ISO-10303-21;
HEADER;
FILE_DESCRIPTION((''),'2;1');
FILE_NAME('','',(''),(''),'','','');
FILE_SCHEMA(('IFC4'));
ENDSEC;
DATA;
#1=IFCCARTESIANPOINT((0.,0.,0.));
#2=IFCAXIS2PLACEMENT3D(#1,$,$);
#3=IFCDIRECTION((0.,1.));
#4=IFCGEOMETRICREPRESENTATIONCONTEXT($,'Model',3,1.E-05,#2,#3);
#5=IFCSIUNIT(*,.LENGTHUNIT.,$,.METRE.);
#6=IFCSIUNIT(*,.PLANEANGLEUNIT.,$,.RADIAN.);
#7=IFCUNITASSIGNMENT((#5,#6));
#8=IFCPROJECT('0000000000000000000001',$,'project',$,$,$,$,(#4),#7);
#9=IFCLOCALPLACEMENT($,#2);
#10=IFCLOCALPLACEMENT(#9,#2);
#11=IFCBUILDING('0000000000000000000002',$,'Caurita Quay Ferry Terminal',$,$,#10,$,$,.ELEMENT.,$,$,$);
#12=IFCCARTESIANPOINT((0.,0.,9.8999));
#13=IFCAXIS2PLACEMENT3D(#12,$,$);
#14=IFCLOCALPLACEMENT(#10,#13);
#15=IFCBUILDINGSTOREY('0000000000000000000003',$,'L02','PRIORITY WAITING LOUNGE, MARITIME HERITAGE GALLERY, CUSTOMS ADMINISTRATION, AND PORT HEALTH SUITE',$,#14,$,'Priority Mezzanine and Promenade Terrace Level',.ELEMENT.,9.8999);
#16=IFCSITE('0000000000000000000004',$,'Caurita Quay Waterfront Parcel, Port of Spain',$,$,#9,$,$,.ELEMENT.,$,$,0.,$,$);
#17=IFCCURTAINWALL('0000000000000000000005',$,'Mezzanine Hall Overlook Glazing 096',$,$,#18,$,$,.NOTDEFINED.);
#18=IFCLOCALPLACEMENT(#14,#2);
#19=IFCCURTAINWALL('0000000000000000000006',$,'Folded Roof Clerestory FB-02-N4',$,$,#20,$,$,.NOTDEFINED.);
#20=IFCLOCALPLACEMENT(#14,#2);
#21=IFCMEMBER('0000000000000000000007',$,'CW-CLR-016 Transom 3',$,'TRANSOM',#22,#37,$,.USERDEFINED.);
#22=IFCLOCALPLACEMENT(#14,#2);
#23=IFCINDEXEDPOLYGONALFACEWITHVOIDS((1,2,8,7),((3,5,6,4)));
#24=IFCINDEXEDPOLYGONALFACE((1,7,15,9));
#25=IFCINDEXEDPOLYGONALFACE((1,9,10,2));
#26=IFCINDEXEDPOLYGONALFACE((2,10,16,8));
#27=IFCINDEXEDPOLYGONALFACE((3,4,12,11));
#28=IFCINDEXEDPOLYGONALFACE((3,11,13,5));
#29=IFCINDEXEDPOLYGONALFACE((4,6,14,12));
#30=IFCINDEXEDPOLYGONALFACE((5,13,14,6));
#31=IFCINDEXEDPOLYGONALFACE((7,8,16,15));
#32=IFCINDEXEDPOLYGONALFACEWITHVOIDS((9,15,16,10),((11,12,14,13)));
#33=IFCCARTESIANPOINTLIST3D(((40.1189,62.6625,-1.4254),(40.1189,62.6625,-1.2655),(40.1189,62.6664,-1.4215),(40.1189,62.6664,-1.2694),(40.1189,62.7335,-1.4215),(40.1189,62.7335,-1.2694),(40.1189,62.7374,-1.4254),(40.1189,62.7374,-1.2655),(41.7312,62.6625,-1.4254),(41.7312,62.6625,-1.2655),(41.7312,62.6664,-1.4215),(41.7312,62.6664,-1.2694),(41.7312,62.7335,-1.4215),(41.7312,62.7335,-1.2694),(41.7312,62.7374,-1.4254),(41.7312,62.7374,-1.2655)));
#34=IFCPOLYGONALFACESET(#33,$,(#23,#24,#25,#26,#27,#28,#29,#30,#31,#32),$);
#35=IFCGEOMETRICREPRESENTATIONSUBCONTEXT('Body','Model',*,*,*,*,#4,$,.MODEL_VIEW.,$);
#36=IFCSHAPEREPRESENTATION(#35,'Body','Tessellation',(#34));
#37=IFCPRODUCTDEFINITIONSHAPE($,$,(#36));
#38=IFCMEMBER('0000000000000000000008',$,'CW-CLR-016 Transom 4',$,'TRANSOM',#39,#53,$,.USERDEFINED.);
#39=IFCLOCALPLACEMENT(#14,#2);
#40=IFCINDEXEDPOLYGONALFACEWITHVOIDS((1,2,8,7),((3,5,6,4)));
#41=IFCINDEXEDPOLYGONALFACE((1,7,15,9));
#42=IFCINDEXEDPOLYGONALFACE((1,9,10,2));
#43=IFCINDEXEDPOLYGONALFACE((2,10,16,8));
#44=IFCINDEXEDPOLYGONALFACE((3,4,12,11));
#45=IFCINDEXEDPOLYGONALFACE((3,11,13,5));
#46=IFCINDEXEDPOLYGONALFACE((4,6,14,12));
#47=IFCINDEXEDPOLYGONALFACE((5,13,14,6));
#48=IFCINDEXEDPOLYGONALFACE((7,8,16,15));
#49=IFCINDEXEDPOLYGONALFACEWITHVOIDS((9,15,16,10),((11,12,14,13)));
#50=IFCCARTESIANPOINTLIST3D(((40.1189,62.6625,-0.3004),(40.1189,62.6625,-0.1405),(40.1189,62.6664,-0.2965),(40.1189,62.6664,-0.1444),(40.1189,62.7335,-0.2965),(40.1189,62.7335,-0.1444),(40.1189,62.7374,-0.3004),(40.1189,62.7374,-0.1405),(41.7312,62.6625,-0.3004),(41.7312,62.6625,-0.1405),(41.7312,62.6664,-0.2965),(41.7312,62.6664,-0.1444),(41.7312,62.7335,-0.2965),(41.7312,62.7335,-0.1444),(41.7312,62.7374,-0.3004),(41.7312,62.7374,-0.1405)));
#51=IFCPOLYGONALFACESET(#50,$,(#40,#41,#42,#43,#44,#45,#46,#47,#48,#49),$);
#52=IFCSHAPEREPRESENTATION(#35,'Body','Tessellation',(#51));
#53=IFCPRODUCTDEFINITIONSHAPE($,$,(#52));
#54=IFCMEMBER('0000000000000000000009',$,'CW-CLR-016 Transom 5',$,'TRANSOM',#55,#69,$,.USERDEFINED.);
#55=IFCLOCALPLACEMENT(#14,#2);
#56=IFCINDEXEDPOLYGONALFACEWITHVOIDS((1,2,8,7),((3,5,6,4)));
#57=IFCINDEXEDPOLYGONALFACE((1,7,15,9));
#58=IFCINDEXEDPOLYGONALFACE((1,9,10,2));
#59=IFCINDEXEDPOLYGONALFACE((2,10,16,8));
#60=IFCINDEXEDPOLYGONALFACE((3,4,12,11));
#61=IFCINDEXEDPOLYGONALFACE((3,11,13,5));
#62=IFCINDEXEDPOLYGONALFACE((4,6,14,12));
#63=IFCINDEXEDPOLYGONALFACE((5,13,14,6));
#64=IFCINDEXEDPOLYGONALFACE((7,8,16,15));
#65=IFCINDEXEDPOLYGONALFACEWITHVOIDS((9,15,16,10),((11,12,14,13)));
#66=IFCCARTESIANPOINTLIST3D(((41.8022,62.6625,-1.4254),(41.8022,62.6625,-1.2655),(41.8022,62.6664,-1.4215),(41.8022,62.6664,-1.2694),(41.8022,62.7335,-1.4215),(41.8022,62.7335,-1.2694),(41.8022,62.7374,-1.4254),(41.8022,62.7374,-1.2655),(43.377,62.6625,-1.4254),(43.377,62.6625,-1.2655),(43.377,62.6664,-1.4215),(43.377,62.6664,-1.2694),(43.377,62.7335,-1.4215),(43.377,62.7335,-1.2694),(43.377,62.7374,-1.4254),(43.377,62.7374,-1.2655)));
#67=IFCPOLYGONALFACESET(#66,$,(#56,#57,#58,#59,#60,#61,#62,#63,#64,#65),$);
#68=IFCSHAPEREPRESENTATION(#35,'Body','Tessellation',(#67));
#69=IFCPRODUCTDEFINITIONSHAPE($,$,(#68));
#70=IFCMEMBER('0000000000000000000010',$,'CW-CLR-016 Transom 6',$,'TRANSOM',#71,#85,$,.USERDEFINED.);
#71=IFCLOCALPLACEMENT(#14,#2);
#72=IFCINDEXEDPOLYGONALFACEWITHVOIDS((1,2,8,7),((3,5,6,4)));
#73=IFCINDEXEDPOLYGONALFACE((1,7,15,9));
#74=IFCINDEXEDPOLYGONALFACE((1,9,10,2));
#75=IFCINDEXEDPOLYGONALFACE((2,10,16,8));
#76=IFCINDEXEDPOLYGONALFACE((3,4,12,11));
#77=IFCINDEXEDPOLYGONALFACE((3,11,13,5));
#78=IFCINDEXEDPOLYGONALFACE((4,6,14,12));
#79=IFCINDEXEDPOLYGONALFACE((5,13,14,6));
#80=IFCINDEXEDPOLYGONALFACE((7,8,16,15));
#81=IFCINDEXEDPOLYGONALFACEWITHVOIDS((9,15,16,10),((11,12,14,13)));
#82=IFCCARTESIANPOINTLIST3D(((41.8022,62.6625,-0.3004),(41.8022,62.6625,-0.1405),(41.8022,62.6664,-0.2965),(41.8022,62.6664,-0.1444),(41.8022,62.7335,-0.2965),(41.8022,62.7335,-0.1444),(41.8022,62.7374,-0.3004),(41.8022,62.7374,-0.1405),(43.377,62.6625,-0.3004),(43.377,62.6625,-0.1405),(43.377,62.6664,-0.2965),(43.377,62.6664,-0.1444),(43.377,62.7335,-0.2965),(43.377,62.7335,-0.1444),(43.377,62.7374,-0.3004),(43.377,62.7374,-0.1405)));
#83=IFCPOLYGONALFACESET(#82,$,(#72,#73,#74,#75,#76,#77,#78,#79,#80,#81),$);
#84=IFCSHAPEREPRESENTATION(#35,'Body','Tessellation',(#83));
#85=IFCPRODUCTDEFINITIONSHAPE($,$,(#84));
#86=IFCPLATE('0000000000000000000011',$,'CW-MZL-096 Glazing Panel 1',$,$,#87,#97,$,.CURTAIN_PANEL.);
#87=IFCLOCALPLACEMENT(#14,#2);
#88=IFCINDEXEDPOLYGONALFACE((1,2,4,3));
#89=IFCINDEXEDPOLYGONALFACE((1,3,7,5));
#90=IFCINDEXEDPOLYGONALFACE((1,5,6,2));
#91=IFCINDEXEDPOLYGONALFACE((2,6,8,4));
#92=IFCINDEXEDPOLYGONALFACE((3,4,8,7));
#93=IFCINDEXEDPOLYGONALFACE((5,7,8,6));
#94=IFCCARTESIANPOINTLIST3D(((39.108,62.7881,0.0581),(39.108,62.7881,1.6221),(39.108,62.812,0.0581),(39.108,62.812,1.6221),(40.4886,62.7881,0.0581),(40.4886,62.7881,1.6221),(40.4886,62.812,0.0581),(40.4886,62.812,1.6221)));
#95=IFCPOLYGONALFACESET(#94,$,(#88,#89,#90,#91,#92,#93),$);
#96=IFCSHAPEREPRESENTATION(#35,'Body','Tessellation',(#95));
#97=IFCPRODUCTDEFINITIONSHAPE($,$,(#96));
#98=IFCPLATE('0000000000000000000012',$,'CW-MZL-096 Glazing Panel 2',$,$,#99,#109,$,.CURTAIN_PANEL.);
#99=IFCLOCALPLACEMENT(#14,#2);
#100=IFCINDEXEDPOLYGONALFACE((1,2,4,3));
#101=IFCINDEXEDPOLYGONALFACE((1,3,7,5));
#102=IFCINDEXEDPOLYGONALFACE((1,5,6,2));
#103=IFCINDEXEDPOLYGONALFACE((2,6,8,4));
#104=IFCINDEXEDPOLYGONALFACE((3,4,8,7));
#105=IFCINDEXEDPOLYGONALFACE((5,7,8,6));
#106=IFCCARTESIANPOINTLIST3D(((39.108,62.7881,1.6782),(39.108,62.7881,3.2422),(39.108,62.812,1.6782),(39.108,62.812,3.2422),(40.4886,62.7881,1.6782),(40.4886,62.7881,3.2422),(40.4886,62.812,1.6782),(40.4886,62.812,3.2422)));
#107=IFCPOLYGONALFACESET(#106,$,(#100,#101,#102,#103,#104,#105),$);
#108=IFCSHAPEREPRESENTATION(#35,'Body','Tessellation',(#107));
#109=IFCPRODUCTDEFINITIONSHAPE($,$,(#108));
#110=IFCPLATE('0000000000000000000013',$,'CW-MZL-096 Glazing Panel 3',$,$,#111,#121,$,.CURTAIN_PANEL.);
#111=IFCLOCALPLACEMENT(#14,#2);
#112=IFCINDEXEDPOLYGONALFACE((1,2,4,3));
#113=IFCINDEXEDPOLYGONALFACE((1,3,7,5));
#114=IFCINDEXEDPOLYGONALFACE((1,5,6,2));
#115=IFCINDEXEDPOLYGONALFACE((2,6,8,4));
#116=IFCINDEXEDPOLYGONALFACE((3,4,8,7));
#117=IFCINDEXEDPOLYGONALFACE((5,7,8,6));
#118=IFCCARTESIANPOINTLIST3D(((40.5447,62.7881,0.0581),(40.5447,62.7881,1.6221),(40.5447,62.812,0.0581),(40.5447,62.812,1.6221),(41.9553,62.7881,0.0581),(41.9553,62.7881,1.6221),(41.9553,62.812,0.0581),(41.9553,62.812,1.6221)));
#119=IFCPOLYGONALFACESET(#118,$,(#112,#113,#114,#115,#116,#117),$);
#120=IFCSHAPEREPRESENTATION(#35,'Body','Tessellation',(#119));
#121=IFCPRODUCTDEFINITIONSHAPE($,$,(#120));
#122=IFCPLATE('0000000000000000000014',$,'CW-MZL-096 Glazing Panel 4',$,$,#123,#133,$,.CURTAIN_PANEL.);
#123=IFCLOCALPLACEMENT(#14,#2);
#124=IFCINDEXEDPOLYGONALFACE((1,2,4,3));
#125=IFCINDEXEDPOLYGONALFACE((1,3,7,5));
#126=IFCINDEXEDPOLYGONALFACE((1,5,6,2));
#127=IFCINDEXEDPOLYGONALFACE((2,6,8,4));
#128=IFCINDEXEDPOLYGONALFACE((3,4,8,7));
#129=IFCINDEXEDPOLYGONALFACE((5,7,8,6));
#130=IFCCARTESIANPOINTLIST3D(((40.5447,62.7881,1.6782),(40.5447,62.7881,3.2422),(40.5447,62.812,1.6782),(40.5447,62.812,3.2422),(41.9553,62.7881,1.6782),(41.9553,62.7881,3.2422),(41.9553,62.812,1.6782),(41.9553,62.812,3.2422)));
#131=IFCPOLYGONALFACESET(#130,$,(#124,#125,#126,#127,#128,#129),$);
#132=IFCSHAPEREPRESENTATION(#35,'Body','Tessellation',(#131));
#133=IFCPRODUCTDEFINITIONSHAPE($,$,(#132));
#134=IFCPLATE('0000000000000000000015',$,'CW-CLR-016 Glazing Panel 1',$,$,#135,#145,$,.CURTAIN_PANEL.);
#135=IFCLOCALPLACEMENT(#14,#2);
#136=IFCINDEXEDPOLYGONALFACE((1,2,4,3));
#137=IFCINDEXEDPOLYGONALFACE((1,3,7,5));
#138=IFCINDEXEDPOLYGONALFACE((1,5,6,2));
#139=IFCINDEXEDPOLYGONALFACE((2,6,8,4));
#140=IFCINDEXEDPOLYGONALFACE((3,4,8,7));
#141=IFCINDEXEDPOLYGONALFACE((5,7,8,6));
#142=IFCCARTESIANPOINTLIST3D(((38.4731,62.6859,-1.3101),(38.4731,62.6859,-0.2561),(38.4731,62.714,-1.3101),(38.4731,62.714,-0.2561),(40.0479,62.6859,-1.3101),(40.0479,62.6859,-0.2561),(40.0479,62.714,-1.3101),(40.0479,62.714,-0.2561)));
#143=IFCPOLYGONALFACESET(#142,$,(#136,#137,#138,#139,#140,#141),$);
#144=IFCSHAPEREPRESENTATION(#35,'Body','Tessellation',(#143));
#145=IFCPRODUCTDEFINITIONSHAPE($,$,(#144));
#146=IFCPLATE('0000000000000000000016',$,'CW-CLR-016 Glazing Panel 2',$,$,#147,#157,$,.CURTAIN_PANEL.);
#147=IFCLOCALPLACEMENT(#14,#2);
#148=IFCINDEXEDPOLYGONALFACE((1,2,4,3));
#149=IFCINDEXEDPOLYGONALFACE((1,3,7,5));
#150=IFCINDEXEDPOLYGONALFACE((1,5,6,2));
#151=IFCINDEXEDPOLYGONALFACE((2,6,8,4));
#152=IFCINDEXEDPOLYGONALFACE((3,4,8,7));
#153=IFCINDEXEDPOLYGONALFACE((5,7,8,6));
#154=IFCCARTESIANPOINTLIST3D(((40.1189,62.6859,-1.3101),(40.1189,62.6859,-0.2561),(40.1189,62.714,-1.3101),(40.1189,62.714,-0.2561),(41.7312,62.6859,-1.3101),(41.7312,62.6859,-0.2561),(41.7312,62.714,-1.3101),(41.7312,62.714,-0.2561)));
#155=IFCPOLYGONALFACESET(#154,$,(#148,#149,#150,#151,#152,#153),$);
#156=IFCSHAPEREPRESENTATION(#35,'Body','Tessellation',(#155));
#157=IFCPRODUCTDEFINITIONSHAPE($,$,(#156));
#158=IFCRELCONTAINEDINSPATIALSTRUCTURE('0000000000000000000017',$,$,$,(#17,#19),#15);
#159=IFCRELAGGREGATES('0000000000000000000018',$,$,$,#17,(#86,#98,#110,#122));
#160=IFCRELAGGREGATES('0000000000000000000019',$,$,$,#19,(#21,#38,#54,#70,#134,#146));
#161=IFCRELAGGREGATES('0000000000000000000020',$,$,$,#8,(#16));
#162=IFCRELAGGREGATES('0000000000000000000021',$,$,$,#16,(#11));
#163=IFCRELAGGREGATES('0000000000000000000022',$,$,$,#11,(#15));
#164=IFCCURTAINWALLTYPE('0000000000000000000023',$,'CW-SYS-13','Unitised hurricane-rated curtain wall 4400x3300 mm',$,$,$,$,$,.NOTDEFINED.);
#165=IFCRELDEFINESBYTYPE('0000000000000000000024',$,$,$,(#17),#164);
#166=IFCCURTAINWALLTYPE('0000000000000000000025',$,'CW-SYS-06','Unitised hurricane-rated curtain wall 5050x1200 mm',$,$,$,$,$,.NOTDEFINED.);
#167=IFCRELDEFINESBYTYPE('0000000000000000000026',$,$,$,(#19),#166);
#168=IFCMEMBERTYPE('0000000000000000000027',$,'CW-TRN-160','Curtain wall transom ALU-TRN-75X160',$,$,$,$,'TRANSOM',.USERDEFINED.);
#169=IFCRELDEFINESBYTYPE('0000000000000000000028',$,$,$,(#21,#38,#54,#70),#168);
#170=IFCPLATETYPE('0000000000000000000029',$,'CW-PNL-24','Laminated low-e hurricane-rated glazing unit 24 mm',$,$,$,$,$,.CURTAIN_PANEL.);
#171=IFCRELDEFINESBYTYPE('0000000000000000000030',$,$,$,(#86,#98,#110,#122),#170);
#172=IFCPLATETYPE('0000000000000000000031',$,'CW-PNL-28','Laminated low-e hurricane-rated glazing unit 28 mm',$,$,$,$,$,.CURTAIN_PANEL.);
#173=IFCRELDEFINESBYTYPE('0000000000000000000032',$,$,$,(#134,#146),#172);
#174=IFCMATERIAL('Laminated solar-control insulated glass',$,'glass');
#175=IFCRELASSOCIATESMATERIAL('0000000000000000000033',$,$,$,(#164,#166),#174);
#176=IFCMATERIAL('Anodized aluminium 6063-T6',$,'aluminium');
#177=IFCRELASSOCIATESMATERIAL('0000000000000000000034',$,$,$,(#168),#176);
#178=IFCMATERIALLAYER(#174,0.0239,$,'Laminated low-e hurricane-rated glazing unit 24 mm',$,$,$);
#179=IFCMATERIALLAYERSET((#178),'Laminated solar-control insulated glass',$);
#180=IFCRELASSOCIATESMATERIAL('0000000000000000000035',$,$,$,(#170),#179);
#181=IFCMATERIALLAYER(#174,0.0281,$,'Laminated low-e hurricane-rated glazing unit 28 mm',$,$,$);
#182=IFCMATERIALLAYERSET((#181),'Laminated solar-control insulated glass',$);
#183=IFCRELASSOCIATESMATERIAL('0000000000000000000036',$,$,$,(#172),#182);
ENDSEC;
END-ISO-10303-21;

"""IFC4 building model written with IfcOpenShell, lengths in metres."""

from ifc_helpers import new_model, si_unit, direction, frame, origin, origin_2d, place, context, subcontext, project, spatial, rectangle, hollow_rectangle, extrude, material, layer, layer_set, material_profile, profile_set, type_object, element, aggregate, save


model = new_model("IFC4")

# Units and contexts
model_context = context("Model", 3, precision=1e-05, world=origin(), true_north=direction((0.0, 1.0)))
body_context = subcontext(model_context, "Body", "Model", "MODEL_VIEW")
ifc_project = project(units=[si_unit("LENGTHUNIT", "METRE"), si_unit("PLANEANGLEUNIT", "RADIAN")], contexts=[model_context])

# Site, building, storey
site_placement = place(None, origin())
site = spatial("IfcSite", under=ifc_project, at=site_placement, Name="Caurita Quay Waterfront Parcel, Port of Spain", CompositionType="ELEMENT", RefElevation=0.0)
building_placement = place(site_placement, origin())
building = spatial("IfcBuilding", under=site, at=building_placement, Name="Caurita Quay Ferry Terminal", CompositionType="ELEMENT")
storey_placement = place(building_placement, frame((0.0, 0.0, 9.8999)))
storey = spatial("IfcBuildingStorey", under=building, at=storey_placement, Name="L02", Description="PRIORITY WAITING LOUNGE, MARITIME HERITAGE GALLERY, CUSTOMS ADMINISTRATION, AND PORT HEALTH SUITE", LongName="Priority Mezzanine and Promenade Terrace Level", CompositionType="ELEMENT", Elevation=9.8999)

# Curtain walls
ifc_material_1 = material(Name="Laminated solar-control insulated glass", Category="glass")
curtain_wall_type_1 = type_object("IfcCurtainWallType", Name="CW-SYS-13", Description="Unitised hurricane-rated curtain wall 4400x3300 mm", PredefinedType="NOTDEFINED", material=ifc_material_1)
curtain_wall_1_placement = place(storey_placement, origin())
curtain_wall_1 = element("IfcCurtainWall", 1, at=curtain_wall_1_placement, inside=storey, type_object=curtain_wall_type_1, Name="Mezzanine Hall Overlook Glazing 096", PredefinedType="NOTDEFINED")
ifc_material_2 = material(Name="Anodized aluminium 6063-T6", Category="aluminium")
curtain_wall_type_2 = type_object("IfcCurtainWallType", Name="CW-SYS-06", Description="Unitised hurricane-rated curtain wall 5050x1200 mm", PredefinedType="NOTDEFINED", material=ifc_material_1)
curtain_wall_2_placement = place(storey_placement, origin())
curtain_wall_2 = element("IfcCurtainWall", 2, at=curtain_wall_2_placement, inside=storey, type_object=curtain_wall_type_2, Name="Folded Roof Clerestory FB-02-N4", PredefinedType="NOTDEFINED")

# Members
ifc_material_profile_1 = material_profile(ifc_material_2, hollow_rectangle(XDim=0.075, YDim=0.1599, WallThickness=0.0039, at=origin_2d()), Name="ALU-TRN-75X160")
ifc_profile_set_1 = profile_set([ifc_material_profile_1], Name="Anodized aluminium 6063-T6")
member_type_1 = type_object("IfcMemberType", Name="CW-TRN-160", Description="Curtain wall transom ALU-TRN-75X160", ElementType="TRANSOM", PredefinedType="USERDEFINED", material=ifc_profile_set_1)
member_1_placement = place(storey_placement, frame((40.1189, 62.7, -1.3455), z_axis=(1.0, 0.0, 0.0), x_axis=(0.0, 1.0, 0.0)))
member_1 = element("IfcMember", 3, at=member_1_placement, type_object=member_type_1, Name="CW-CLR-016 Transom 3", ObjectType="TRANSOM", PredefinedType="USERDEFINED", context=body_context, shape_type="SweptSolid", body=[
    extrude(hollow_rectangle(XDim=0.075, YDim=0.1599, WallThickness=0.0039, at=origin_2d()), origin(), (0.0, 0.0, 1.0), 1.6123),
])
member_2_placement = place(storey_placement, frame((40.1189, 62.7, -0.2205), z_axis=(1.0, 0.0, 0.0), x_axis=(0.0, 1.0, 0.0)))
member_2 = element("IfcMember", 4, at=member_2_placement, type_object=member_type_1, Name="CW-CLR-016 Transom 4", ObjectType="TRANSOM", PredefinedType="USERDEFINED", context=body_context, shape_type="SweptSolid", body=[
    extrude(hollow_rectangle(XDim=0.075, YDim=0.1599, WallThickness=0.0039, at=origin_2d()), origin(), (0.0, 0.0, 1.0), 1.6123),
])
member_3_placement = place(storey_placement, frame((41.8022, 62.7, -1.3455), z_axis=(1.0, 0.0, 0.0), x_axis=(0.0, 1.0, 0.0)))
member_3 = element("IfcMember", 5, at=member_3_placement, type_object=member_type_1, Name="CW-CLR-016 Transom 5", ObjectType="TRANSOM", PredefinedType="USERDEFINED", context=body_context, shape_type="SweptSolid", body=[
    extrude(hollow_rectangle(XDim=0.075, YDim=0.1599, WallThickness=0.0039, at=origin_2d()), origin(), (0.0, 0.0, 1.0), 1.5747),
])
member_4_placement = place(storey_placement, frame((41.8022, 62.7, -0.2205), z_axis=(1.0, 0.0, 0.0), x_axis=(0.0, 1.0, 0.0)))
member_4 = element("IfcMember", 6, at=member_4_placement, type_object=member_type_1, Name="CW-CLR-016 Transom 6", ObjectType="TRANSOM", PredefinedType="USERDEFINED", context=body_context, shape_type="SweptSolid", body=[
    extrude(hollow_rectangle(XDim=0.075, YDim=0.1599, WallThickness=0.0039, at=origin_2d()), origin(), (0.0, 0.0, 1.0), 1.5747),
])

# Plates
ifc_layer_1 = layer(ifc_material_1, 0.0239, Name="Laminated low-e hurricane-rated glazing unit 24 mm")
ifc_layer_set_1 = layer_set([ifc_layer_1], Name="Laminated solar-control insulated glass")
plate_type_1 = type_object("IfcPlateType", Name="CW-PNL-24", Description="Laminated low-e hurricane-rated glazing unit 24 mm", PredefinedType="CURTAIN_PANEL", material=ifc_layer_set_1)
plate_1_placement = place(storey_placement, frame((39.7983, 62.8, 0.0581), z_axis=(0.0, 0.0, 1.0), x_axis=(1.0, 0.0, 0.0)))
plate_1 = element("IfcPlate", 7, at=plate_1_placement, type_object=plate_type_1, Name="CW-MZL-096 Glazing Panel 1", PredefinedType="CURTAIN_PANEL", context=body_context, shape_type="SweptSolid", body=[
    extrude(rectangle(XDim=1.3806, YDim=0.0239, at=origin_2d()), origin(), (0.0, 0.0, 1.0), 1.564),
])
plate_2_placement = place(storey_placement, frame((39.7983, 62.8, 1.6782), z_axis=(0.0, 0.0, 1.0), x_axis=(1.0, 0.0, 0.0)))
plate_2 = element("IfcPlate", 8, at=plate_2_placement, type_object=plate_type_1, Name="CW-MZL-096 Glazing Panel 2", PredefinedType="CURTAIN_PANEL", context=body_context, shape_type="SweptSolid", body=[
    extrude(rectangle(XDim=1.3806, YDim=0.0239, at=origin_2d()), origin(), (0.0, 0.0, 1.0), 1.564),
])
plate_3_placement = place(storey_placement, frame((41.25, 62.8, 0.0581), z_axis=(0.0, 0.0, 1.0), x_axis=(1.0, 0.0, 0.0)))
plate_3 = element("IfcPlate", 9, at=plate_3_placement, type_object=plate_type_1, Name="CW-MZL-096 Glazing Panel 3", PredefinedType="CURTAIN_PANEL", context=body_context, shape_type="SweptSolid", body=[
    extrude(rectangle(XDim=1.4106, YDim=0.0239, at=origin_2d()), origin(), (0.0, 0.0, 1.0), 1.564),
])
plate_4_placement = place(storey_placement, frame((41.25, 62.8, 1.6782), z_axis=(0.0, 0.0, 1.0), x_axis=(1.0, 0.0, 0.0)))
plate_4 = element("IfcPlate", 10, at=plate_4_placement, type_object=plate_type_1, Name="CW-MZL-096 Glazing Panel 4", PredefinedType="CURTAIN_PANEL", context=body_context, shape_type="SweptSolid", body=[
    extrude(rectangle(XDim=1.4106, YDim=0.0239, at=origin_2d()), origin(), (0.0, 0.0, 1.0), 1.564),
])
aggregate(curtain_wall_1, [plate_1, plate_2, plate_3, plate_4])
ifc_layer_2 = layer(ifc_material_1, 0.0281, Name="Laminated low-e hurricane-rated glazing unit 28 mm")
ifc_layer_set_2 = layer_set([ifc_layer_2], Name="Laminated solar-control insulated glass")
plate_type_2 = type_object("IfcPlateType", Name="CW-PNL-28", Description="Laminated low-e hurricane-rated glazing unit 28 mm", PredefinedType="CURTAIN_PANEL", material=ifc_layer_set_2)
plate_5_placement = place(storey_placement, frame((39.2605, 62.7, -1.3101), z_axis=(0.0, 0.0, 1.0), x_axis=(1.0, 0.0, 0.0)))
plate_5 = element("IfcPlate", 11, at=plate_5_placement, type_object=plate_type_2, Name="CW-CLR-016 Glazing Panel 1", PredefinedType="CURTAIN_PANEL", context=body_context, shape_type="SweptSolid", body=[
    extrude(rectangle(XDim=1.5747, YDim=0.0281, at=origin_2d()), origin(), (0.0, 0.0, 1.0), 1.054),
])
plate_6_placement = place(storey_placement, frame((40.925, 62.7, -1.3101), z_axis=(0.0, 0.0, 1.0), x_axis=(1.0, 0.0, 0.0)))
plate_6 = element("IfcPlate", 12, at=plate_6_placement, type_object=plate_type_2, Name="CW-CLR-016 Glazing Panel 2", PredefinedType="CURTAIN_PANEL", context=body_context, shape_type="SweptSolid", body=[
    extrude(rectangle(XDim=1.6123, YDim=0.0281, at=origin_2d()), origin(), (0.0, 0.0, 1.0), 1.054),
])
aggregate(curtain_wall_2, [member_1, member_2, member_3, member_4, plate_5, plate_6])

save(model, "model.ifc")
